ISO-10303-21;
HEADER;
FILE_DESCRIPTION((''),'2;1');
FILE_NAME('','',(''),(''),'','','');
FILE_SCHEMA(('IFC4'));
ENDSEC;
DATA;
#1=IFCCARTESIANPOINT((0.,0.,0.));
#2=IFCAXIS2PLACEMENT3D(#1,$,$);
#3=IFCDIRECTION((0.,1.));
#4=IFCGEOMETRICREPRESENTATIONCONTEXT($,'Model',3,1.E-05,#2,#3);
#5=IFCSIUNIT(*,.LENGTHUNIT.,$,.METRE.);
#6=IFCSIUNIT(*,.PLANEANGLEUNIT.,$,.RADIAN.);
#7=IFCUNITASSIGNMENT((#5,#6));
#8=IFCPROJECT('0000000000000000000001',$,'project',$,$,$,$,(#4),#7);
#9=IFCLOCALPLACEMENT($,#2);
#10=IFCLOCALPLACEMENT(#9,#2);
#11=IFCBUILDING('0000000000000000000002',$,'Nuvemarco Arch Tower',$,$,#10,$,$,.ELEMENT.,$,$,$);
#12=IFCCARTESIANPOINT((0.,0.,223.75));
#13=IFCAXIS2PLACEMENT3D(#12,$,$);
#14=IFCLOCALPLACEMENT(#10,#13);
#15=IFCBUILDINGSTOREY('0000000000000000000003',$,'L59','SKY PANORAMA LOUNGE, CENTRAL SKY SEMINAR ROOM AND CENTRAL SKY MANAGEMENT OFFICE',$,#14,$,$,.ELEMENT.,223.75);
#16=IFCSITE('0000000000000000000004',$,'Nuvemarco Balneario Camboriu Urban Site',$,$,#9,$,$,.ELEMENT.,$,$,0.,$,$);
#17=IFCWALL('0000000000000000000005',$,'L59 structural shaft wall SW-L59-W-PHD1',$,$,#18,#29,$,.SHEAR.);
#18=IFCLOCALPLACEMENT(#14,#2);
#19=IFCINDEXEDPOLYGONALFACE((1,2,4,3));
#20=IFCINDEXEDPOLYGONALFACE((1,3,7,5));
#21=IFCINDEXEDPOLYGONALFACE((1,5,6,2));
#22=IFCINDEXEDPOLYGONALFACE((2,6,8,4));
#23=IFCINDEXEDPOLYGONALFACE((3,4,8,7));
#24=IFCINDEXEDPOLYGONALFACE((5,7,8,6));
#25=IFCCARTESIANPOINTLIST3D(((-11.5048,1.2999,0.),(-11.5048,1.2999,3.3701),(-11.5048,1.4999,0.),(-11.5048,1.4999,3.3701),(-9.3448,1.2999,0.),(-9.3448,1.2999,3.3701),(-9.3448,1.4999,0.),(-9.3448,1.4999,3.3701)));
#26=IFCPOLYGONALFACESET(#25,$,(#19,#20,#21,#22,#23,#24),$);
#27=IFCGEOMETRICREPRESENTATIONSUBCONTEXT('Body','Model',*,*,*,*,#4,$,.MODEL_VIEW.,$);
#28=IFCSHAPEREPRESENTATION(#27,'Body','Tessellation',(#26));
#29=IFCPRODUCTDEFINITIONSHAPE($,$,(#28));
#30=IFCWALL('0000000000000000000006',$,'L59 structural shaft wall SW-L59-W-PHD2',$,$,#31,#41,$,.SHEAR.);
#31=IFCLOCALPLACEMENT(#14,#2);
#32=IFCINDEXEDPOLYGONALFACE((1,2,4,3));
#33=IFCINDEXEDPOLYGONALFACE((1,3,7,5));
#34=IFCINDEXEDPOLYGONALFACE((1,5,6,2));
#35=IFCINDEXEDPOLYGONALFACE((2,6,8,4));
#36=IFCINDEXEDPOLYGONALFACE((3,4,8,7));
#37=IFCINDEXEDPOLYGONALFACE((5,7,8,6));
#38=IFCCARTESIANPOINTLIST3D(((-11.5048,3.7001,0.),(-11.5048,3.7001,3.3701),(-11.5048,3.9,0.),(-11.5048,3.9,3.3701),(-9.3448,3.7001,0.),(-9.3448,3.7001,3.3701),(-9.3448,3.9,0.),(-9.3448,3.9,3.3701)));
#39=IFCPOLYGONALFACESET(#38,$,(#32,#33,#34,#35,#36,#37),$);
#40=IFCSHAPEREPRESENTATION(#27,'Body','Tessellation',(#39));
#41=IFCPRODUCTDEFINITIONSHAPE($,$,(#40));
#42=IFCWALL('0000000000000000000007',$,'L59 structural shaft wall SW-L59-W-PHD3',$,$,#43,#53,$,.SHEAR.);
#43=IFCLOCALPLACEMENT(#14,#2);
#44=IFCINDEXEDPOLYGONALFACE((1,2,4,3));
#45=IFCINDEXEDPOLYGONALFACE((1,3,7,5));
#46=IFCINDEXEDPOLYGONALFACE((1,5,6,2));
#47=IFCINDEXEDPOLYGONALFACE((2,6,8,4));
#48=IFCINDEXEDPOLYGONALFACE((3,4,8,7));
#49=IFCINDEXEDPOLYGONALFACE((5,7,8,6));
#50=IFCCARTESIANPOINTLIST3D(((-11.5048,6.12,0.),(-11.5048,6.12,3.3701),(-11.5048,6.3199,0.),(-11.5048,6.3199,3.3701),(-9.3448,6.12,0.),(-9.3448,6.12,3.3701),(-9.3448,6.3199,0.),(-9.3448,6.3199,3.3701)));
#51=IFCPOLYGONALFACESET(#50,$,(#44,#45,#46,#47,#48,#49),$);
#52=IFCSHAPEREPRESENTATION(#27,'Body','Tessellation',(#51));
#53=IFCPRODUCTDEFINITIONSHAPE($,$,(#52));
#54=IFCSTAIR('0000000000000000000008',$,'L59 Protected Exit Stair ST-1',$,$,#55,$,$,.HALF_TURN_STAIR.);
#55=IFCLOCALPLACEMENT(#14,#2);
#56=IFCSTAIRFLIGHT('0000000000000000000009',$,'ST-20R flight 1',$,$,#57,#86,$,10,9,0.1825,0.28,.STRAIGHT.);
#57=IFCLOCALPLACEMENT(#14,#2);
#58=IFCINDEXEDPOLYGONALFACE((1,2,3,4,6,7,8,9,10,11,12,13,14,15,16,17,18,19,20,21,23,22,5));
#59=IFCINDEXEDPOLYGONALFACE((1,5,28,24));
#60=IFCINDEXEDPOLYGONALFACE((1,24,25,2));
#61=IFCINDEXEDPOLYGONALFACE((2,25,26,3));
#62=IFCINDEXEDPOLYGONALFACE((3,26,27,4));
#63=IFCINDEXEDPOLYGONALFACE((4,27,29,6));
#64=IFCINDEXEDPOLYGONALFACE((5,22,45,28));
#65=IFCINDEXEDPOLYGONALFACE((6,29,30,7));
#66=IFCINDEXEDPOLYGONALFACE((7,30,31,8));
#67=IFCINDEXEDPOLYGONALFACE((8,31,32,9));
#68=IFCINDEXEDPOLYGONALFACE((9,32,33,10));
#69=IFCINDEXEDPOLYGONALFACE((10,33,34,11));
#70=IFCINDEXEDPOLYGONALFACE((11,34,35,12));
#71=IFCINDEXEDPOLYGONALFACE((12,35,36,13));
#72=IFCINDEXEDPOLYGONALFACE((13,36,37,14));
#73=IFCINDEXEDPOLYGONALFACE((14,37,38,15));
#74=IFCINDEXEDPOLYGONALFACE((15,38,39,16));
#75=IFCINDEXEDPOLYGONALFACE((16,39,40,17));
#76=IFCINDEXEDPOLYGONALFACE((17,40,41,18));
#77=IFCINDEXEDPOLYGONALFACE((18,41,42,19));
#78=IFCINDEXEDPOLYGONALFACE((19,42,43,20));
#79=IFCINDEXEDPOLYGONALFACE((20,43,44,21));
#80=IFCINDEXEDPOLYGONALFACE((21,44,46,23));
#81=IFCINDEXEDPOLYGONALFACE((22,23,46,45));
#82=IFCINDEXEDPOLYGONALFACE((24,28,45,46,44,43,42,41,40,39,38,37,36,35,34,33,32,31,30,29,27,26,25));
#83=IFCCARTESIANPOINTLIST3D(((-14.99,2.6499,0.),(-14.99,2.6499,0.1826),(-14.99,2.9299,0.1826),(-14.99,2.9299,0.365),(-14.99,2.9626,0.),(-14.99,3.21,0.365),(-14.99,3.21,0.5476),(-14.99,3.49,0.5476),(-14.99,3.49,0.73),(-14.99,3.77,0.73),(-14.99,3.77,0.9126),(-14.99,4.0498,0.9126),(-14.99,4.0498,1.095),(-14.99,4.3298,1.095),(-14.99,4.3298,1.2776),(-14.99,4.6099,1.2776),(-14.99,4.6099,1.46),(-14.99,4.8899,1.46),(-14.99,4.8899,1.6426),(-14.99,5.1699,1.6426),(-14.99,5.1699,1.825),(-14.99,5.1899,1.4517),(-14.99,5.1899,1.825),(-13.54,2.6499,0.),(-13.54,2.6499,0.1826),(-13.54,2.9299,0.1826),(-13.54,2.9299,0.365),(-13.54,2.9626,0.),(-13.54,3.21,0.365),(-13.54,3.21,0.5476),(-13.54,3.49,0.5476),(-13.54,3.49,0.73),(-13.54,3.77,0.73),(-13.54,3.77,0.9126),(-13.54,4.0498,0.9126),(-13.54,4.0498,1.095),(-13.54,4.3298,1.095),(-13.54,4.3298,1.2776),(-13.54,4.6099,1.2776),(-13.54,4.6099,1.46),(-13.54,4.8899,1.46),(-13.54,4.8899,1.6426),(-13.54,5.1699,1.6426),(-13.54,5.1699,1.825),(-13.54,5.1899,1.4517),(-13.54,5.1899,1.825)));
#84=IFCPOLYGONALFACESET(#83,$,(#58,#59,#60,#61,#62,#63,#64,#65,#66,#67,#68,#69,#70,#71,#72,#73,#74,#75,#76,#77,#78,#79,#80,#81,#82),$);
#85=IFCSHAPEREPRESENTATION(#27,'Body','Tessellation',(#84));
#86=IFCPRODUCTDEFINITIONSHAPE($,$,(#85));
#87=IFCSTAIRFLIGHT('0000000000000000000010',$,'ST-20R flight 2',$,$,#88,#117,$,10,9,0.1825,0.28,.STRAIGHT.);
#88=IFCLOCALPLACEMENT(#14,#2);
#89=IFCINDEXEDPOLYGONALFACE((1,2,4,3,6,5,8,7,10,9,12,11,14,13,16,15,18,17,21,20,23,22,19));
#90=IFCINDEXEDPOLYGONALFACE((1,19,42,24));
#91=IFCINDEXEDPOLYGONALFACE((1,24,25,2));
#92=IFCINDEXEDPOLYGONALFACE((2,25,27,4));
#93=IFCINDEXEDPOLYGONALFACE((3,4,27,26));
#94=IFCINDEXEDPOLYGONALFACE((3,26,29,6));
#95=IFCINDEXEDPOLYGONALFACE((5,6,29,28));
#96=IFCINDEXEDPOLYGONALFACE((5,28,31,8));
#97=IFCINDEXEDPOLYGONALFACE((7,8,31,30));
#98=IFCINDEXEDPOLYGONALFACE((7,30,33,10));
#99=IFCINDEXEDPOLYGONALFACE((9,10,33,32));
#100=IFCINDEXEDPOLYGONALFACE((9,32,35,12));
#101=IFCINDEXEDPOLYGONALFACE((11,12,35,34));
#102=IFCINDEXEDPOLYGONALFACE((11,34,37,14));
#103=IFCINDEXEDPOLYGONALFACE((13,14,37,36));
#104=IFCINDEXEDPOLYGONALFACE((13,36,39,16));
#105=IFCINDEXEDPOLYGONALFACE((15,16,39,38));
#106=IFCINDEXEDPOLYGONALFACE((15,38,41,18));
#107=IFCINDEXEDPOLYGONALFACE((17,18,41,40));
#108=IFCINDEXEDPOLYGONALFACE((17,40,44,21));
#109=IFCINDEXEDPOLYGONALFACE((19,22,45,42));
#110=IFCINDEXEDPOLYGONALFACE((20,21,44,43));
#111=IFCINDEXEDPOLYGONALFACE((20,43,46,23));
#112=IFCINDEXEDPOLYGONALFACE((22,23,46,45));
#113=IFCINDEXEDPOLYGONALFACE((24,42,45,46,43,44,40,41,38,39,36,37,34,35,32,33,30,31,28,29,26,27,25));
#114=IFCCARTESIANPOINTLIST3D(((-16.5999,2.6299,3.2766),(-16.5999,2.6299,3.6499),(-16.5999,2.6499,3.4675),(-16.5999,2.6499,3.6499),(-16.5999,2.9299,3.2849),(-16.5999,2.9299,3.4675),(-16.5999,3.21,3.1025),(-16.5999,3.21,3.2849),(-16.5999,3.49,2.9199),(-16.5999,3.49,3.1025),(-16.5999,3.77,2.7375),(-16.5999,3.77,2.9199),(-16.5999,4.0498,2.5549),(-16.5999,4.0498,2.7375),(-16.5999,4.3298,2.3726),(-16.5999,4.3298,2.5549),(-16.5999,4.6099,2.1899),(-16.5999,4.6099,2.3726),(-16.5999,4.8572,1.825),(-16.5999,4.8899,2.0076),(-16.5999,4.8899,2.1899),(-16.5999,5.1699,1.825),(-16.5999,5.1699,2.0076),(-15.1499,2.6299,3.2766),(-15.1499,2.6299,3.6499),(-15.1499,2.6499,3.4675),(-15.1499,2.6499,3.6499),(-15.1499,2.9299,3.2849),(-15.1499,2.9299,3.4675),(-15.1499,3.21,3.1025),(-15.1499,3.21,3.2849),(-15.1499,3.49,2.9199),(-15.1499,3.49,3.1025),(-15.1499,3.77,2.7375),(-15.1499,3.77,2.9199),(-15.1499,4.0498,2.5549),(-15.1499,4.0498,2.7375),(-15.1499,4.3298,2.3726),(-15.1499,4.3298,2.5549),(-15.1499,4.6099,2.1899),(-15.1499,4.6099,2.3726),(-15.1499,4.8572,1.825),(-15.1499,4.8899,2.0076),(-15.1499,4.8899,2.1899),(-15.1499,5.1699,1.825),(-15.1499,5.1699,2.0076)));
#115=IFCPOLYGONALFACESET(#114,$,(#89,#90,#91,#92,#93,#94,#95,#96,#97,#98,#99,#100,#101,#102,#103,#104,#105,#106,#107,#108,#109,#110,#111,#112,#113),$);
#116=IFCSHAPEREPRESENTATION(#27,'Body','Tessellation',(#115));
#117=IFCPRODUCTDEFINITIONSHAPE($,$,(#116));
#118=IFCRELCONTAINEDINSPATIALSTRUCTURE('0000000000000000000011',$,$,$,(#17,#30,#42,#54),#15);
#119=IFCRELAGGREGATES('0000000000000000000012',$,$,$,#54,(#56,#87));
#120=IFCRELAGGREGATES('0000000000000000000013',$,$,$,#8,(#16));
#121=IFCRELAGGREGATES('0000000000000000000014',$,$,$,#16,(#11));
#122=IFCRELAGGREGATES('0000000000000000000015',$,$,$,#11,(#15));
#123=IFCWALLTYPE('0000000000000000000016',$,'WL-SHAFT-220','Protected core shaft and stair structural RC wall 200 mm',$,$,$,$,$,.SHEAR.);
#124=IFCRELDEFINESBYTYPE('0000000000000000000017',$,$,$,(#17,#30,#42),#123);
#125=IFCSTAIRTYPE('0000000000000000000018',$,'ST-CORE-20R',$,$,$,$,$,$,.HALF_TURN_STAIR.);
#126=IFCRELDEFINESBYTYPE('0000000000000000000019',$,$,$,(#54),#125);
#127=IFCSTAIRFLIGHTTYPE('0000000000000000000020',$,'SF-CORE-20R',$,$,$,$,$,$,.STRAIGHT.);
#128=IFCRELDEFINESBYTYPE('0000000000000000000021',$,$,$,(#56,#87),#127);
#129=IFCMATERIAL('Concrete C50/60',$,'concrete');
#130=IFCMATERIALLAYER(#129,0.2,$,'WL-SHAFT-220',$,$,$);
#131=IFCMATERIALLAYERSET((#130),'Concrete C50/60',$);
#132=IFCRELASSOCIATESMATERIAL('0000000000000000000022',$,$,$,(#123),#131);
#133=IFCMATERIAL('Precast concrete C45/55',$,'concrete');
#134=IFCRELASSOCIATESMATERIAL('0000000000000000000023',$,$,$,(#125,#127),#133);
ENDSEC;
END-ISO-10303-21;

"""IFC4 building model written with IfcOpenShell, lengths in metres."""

from ifc_helpers import new_model, si_unit, direction, frame, frame_2d, origin, place, context, subcontext, project, spatial, polyline, rectangle, outline, extrude, material, layer, layer_set, type_object, element, aggregate, save


model = new_model("IFC4")

# Units and contexts
model_context = context("Model", 3, precision=1e-05, world=origin(), true_north=direction((0.0, 1.0)))
body_context = subcontext(model_context, "Body", "Model", "MODEL_VIEW")
ifc_project = project(units=[si_unit("LENGTHUNIT", "METRE"), si_unit("PLANEANGLEUNIT", "RADIAN")], contexts=[model_context])

# Site, building, storey
site_placement = place(None, origin())
site = spatial("IfcSite", under=ifc_project, at=site_placement, Name="Nuvemarco Balneario Camboriu Urban Site", CompositionType="ELEMENT", RefElevation=0.0)
building_placement = place(site_placement, origin())
building = spatial("IfcBuilding", under=site, at=building_placement, Name="Nuvemarco Arch Tower", CompositionType="ELEMENT")
storey_placement = place(building_placement, frame((0.0, 0.0, 223.75)))
storey = spatial("IfcBuildingStorey", under=building, at=storey_placement, Name="L59", Description="SKY PANORAMA LOUNGE, CENTRAL SKY SEMINAR ROOM AND CENTRAL SKY MANAGEMENT OFFICE", CompositionType="ELEMENT", Elevation=223.75)

# Shared definitions
ifc_material_1 = material(Name="Concrete C50/60", Category="concrete")

# Shared definitions
ifc_layer_1 = layer(ifc_material_1, 0.2, Name="WL-SHAFT-220")
ifc_layer_set_1 = layer_set([ifc_layer_1], Name="Concrete C50/60")
wall_type_1 = type_object("IfcWallType", Name="WL-SHAFT-220", Description="Protected core shaft and stair structural RC wall 200 mm", PredefinedType="SHEAR", material=ifc_layer_set_1)

# Walls
for number, where, z_axis, x_axis, name in (
    (1, (-11.5049, 1.3999, 0.0), (0.0, 0.0, 1.0), (1.0, 0.0, 0.0), "L59 structural shaft wall SW-L59-W-PHD1"),
    (2, (-11.5049, 3.8, 0.0), (0.0, 0.0, 1.0), (1.0, 0.0, 0.0), "L59 structural shaft wall SW-L59-W-PHD2"),
    (3, (-11.5049, 6.22, 0.0), (0.0, 0.0, 1.0), (1.0, 0.0, 0.0), "L59 structural shaft wall SW-L59-W-PHD3"),
):
    element("IfcWall", number, at=place(storey_placement, frame(where, z_axis=z_axis, x_axis=x_axis)), inside=storey, type_object=wall_type_1, Name=name, PredefinedType="SHEAR", context=body_context, shape_type="SweptSolid", body=[
        extrude(rectangle(XDim=2.1599, YDim=0.2, at=frame_2d((1.0801, 0.0))), origin(), (0.0, 0.0, 1.0), 3.3701),
    ])

# Stair, stair flights
ifc_material_2 = material(Name="Precast concrete C45/55", Category="concrete")
stair_type = type_object("IfcStairType", Name="ST-CORE-20R", PredefinedType="HALF_TURN_STAIR", material=ifc_material_2)
stair_placement = place(storey_placement, origin())
stair = element("IfcStair", 4, at=stair_placement, inside=storey, type_object=stair_type, Name="L59 Protected Exit Stair ST-1", PredefinedType="HALF_TURN_STAIR")
stair_flight_type = type_object("IfcStairFlightType", Name="SF-CORE-20R", PredefinedType="STRAIGHT", material=ifc_material_2)
stair_flight_1_placement = place(storey_placement, frame((-14.2649, 2.6499, 0.0), z_axis=(0.0, 0.0, 1.0), x_axis=(0.0, 1.0, 0.0)))
stair_flight_1 = element("IfcStairFlight", 5, at=stair_flight_1_placement, type_object=stair_flight_type, Name="ST-20R flight 1", NumberOfRisers=10, NumberOfTreads=9, PredefinedType="STRAIGHT", RiserHeight=0.1825, TreadLength=0.28, context=body_context, shape_type="SweptSolid", body=[
    extrude(outline(polyline([(0.0, 0.0), (0.0, 0.1826), (0.28, 0.1826), (0.28, 0.365), (0.5601, 0.365), (0.5601, 0.5476), (0.8401, 0.5476), (0.8401, 0.73), (1.1201, 0.73), (1.1201, 0.9126), (1.3999, 0.9126), (1.3999, 1.095), (1.6799, 1.095), (1.6799, 1.2776), (1.96, 1.2776), (1.96, 1.46), (2.24, 1.46), (2.24, 1.6426), (2.52, 1.6426), (2.52, 1.825), (2.54, 1.825), (2.54, 1.4517), (0.3127, 0.0), (0.0, 0.0)])), frame((0.0, 0.7251, 0.0), z_axis=(0.0, -1.0, 0.0), x_axis=(1.0, 0.0, 0.0)), (0.0, 0.0, 1.0), 1.45),
])
stair_flight_2_placement = place(storey_placement, frame((-15.875, 5.1699, 1.825), z_axis=(0.0, 0.0, 1.0), x_axis=(0.0, -1.0, 0.0)))
stair_flight_2 = element("IfcStairFlight", 6, at=stair_flight_2_placement, type_object=stair_flight_type, Name="ST-20R flight 2", NumberOfRisers=10, NumberOfTreads=9, PredefinedType="STRAIGHT", RiserHeight=0.1825, TreadLength=0.28, context=body_context, shape_type="SweptSolid", body=[
    extrude(outline(polyline([(0.0, 0.0), (0.0, 0.1826), (0.28, 0.1826), (0.28, 0.365), (0.5601, 0.365), (0.5601, 0.5476), (0.8401, 0.5476), (0.8401, 0.73), (1.1201, 0.73), (1.1201, 0.9126), (1.3999, 0.9126), (1.3999, 1.095), (1.6799, 1.095), (1.6799, 1.2776), (1.96, 1.2776), (1.96, 1.46), (2.24, 1.46), (2.24, 1.6426), (2.52, 1.6426), (2.52, 1.825), (2.54, 1.825), (2.54, 1.4517), (0.3127, 0.0), (0.0, 0.0)])), frame((0.0, 0.7251, 0.0), z_axis=(0.0, -1.0, 0.0), x_axis=(1.0, 0.0, 0.0)), (0.0, 0.0, 1.0), 1.45),
])
aggregate(stair, [stair_flight_1, stair_flight_2])

save(model, "model.ifc")
